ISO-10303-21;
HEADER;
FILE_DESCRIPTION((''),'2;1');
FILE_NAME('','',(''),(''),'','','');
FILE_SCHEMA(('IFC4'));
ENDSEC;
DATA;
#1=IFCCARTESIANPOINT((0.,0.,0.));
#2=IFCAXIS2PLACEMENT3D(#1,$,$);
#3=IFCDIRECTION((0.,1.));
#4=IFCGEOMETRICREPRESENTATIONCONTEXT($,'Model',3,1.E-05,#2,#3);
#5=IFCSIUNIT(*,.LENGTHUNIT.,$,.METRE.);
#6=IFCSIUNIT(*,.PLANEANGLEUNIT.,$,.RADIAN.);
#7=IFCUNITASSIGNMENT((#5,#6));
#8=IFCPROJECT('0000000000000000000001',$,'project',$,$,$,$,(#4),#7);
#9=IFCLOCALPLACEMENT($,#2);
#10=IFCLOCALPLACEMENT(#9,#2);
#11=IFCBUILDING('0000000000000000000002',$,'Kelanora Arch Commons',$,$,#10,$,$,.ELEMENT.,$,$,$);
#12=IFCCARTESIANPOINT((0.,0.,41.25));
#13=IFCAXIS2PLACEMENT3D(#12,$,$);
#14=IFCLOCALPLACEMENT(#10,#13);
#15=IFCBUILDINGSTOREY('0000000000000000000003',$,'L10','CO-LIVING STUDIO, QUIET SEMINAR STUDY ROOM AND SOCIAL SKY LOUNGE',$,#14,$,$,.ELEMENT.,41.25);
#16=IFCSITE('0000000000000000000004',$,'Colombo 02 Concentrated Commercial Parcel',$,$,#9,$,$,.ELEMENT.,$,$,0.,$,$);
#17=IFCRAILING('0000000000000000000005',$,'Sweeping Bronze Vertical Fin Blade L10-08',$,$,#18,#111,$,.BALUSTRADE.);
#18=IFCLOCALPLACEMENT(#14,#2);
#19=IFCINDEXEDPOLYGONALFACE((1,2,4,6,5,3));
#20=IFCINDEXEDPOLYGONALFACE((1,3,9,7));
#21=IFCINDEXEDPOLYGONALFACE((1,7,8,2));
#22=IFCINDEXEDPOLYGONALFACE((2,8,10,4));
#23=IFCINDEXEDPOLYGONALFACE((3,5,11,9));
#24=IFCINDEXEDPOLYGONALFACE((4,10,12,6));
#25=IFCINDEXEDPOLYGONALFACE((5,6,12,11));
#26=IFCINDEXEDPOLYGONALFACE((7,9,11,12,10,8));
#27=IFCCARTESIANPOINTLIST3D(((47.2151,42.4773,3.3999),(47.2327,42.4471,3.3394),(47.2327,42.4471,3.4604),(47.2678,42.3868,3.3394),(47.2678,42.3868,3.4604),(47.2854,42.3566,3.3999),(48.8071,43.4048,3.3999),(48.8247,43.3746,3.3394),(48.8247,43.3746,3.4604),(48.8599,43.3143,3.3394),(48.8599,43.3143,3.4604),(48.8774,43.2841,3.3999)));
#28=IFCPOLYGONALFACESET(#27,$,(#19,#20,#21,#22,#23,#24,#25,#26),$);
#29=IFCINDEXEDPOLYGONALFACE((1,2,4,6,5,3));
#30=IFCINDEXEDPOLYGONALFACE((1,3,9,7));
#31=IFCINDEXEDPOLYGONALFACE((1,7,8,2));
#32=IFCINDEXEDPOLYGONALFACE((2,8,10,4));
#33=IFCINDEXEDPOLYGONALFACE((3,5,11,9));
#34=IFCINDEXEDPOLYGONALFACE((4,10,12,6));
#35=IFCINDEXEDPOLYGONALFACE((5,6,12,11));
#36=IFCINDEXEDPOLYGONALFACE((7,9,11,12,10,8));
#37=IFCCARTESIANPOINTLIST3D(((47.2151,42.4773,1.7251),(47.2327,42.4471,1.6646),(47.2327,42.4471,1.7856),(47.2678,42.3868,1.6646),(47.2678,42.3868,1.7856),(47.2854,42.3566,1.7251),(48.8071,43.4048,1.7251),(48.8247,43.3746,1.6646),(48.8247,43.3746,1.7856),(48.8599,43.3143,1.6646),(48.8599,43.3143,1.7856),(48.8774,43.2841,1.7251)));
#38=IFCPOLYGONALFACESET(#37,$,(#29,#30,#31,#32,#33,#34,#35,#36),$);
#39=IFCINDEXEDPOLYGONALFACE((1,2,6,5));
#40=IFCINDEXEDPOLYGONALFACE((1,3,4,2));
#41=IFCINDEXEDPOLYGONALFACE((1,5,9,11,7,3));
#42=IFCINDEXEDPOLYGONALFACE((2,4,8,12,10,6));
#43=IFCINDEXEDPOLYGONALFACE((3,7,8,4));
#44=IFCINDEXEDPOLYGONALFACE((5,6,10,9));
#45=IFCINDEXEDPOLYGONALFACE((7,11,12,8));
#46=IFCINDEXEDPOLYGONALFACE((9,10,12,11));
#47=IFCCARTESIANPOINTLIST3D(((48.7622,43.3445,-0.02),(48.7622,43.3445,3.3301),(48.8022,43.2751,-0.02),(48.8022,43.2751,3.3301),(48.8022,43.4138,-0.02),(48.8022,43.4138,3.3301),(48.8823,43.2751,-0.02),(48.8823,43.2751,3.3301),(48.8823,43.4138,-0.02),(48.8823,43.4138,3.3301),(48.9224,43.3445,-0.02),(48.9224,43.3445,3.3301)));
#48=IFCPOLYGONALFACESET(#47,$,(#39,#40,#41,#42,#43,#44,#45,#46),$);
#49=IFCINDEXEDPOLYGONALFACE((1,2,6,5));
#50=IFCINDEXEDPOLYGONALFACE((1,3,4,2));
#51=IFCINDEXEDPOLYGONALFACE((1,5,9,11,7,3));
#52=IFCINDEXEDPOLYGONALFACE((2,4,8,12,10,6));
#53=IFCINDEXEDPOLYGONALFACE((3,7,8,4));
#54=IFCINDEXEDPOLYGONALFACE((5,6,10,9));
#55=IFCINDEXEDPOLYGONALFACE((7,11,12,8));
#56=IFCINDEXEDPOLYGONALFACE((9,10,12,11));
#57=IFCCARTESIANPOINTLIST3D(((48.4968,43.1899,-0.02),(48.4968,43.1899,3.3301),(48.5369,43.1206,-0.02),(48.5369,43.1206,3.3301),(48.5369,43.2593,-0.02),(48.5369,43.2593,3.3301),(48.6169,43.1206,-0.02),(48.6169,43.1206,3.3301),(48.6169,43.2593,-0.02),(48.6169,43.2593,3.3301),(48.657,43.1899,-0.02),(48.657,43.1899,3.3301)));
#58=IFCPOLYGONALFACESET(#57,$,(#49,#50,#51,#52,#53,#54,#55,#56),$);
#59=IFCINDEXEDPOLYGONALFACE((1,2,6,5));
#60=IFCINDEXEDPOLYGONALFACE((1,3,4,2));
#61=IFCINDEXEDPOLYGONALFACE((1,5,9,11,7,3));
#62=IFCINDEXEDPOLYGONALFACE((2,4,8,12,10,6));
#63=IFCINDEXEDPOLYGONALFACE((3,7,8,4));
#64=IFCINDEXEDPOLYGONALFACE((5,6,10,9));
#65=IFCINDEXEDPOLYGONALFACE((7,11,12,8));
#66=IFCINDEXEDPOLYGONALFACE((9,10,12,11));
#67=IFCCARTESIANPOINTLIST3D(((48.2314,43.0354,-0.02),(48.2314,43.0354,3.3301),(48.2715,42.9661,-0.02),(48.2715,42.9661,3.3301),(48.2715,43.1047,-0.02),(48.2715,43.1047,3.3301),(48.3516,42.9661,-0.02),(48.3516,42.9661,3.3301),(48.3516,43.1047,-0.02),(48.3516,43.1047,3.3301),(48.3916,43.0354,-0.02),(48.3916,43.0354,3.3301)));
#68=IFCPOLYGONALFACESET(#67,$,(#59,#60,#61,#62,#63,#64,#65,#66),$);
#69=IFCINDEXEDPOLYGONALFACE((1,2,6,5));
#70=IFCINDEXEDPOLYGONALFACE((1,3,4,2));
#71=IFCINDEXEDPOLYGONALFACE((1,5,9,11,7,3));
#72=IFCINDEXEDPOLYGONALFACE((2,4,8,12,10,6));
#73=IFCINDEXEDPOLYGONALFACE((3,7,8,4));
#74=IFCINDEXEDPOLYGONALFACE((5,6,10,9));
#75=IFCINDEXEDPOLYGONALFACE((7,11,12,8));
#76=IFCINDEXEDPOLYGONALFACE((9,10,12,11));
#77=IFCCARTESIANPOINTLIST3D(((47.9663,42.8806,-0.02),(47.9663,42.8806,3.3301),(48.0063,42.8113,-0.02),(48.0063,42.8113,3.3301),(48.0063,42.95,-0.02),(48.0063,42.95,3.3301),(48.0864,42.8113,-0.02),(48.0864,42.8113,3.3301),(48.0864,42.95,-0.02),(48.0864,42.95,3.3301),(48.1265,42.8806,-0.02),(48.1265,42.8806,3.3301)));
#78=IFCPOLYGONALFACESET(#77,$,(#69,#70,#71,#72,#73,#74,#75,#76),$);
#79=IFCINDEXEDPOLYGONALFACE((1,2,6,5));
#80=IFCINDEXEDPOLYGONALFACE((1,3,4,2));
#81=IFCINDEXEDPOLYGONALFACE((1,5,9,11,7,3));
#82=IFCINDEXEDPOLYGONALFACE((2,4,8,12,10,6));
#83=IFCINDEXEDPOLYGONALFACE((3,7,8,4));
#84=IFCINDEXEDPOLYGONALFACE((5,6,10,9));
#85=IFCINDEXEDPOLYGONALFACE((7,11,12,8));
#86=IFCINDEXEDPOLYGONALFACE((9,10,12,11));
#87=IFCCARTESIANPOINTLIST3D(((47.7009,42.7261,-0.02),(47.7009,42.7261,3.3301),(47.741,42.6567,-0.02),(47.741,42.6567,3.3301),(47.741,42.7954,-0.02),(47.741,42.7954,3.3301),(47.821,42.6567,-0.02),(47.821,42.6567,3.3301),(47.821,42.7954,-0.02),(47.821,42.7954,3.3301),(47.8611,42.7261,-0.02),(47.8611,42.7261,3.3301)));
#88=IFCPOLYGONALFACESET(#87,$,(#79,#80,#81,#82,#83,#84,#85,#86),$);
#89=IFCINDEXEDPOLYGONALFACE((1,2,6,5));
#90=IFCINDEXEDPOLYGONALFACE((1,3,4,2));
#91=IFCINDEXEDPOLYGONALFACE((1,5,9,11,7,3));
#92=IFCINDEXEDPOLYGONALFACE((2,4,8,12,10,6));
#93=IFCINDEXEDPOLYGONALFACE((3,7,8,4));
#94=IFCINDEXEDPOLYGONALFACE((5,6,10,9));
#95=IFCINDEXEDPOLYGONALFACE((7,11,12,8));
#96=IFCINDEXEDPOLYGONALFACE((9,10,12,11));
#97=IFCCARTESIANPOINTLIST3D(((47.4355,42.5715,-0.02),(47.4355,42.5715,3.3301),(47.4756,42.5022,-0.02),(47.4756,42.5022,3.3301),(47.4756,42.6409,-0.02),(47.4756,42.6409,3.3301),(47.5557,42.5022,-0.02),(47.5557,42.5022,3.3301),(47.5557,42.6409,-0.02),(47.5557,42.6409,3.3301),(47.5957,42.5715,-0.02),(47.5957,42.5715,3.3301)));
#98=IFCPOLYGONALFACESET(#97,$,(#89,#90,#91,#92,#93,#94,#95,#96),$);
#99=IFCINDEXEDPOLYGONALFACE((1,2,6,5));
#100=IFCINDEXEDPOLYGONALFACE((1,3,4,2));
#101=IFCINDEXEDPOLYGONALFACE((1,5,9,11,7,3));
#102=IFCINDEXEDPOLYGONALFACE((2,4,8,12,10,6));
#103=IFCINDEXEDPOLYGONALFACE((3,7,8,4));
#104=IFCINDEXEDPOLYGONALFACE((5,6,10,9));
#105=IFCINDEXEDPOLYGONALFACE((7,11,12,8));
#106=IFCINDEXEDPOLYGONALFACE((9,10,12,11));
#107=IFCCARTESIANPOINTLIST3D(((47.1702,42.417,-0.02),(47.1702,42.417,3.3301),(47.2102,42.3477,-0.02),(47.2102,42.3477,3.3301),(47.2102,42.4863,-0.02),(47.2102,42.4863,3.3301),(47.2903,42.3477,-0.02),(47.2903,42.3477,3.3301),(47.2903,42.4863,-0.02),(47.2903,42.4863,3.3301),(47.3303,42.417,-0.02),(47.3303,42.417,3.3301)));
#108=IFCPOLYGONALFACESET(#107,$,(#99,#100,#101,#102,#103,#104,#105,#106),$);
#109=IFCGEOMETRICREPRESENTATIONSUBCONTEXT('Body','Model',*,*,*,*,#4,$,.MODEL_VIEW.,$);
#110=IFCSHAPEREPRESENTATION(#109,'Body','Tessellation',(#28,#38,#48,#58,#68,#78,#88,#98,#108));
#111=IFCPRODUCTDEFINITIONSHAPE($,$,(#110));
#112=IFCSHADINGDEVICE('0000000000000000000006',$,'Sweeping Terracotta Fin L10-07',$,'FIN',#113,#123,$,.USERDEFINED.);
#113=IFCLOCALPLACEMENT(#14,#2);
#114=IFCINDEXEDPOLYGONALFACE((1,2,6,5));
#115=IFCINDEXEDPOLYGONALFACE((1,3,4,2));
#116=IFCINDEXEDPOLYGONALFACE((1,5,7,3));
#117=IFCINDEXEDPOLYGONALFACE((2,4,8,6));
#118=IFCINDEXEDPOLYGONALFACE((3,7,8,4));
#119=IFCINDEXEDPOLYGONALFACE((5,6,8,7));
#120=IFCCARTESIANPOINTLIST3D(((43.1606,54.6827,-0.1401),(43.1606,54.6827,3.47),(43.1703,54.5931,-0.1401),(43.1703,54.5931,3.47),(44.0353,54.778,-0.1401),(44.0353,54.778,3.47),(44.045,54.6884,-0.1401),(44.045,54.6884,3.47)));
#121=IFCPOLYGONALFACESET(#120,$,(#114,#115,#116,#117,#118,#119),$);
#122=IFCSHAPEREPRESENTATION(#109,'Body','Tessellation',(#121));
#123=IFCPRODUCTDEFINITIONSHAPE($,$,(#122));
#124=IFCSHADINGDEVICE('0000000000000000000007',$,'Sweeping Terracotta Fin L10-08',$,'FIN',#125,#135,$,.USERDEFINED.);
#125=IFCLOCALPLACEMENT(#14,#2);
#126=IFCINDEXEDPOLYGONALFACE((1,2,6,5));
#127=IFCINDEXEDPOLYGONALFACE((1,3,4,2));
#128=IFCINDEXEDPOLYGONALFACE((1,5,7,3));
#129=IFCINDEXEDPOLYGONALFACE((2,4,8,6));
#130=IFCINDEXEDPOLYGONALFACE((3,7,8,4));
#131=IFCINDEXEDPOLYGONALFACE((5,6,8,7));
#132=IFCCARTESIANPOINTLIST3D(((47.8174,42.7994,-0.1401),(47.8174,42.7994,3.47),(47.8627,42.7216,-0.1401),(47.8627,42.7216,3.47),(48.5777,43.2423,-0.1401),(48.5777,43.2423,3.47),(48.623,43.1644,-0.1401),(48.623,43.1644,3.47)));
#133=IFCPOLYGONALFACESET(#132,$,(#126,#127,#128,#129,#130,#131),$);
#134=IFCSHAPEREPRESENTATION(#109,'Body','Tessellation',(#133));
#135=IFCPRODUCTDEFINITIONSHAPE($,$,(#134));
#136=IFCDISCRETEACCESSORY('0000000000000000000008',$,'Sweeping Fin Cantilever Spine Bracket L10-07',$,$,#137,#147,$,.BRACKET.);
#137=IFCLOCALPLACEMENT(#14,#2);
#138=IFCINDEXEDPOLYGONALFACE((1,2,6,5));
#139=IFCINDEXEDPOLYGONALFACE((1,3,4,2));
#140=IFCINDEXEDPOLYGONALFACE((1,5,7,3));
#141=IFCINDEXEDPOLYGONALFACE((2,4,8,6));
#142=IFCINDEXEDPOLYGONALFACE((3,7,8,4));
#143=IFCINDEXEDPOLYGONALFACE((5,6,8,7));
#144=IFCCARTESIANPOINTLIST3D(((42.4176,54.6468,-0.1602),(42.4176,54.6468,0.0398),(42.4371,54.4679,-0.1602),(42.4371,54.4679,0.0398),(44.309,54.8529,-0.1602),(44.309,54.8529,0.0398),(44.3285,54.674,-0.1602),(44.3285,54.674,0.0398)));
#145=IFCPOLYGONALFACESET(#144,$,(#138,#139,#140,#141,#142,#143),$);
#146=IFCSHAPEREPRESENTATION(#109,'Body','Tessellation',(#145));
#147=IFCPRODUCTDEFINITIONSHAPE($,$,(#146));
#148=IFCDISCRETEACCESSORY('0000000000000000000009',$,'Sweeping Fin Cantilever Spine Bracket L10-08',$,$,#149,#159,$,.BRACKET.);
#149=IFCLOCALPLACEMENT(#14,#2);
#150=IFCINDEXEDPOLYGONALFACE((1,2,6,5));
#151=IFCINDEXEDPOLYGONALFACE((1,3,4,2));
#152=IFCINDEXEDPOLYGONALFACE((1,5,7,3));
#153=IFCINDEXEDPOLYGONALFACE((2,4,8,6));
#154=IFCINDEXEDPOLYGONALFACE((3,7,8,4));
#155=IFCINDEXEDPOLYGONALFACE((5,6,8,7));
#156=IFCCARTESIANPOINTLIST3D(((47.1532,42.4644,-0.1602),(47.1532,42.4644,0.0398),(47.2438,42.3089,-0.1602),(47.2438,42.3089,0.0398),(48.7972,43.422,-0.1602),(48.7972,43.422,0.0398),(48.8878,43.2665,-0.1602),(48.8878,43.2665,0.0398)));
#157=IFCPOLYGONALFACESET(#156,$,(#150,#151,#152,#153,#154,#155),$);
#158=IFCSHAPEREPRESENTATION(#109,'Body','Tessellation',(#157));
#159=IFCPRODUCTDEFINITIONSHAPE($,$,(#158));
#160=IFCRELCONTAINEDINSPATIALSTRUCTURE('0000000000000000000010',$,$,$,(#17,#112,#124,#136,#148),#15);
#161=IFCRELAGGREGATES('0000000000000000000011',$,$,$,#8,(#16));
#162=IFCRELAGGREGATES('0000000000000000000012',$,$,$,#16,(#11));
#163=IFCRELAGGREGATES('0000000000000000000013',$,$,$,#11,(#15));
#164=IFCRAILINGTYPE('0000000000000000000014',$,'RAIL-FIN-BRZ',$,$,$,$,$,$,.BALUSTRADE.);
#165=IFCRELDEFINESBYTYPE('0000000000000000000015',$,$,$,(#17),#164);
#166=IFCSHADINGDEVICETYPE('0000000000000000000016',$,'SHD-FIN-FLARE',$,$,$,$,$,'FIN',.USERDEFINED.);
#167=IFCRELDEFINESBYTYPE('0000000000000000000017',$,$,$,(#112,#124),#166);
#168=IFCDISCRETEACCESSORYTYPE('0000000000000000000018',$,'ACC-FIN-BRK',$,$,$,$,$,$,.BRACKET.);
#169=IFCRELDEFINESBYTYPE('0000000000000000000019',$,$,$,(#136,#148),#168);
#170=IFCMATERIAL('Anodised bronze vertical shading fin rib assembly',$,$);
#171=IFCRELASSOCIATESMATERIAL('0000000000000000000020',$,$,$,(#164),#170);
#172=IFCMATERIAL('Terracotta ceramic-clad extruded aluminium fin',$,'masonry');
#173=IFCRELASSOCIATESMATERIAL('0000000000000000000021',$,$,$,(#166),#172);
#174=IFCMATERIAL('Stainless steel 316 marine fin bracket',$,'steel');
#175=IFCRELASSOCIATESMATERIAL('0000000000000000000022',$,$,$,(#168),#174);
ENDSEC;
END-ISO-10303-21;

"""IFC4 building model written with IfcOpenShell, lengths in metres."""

from ifc_helpers import new_model, si_unit, direction, frame, origin, origin_2d, place, context, subcontext, project, spatial, polyline, rectangle, outline, extrude, source, transform, mapped, material, type_object, element, save


model = new_model("IFC4")

# Units and contexts
model_context = context("Model", 3, precision=1e-05, world=origin(), true_north=direction((0.0, 1.0)))
body_context = subcontext(model_context, "Body", "Model", "MODEL_VIEW")
ifc_project = project(units=[si_unit("LENGTHUNIT", "METRE"), si_unit("PLANEANGLEUNIT", "RADIAN")], contexts=[model_context])

# Site, building, storey
site_placement = place(None, origin())
site = spatial("IfcSite", under=ifc_project, at=site_placement, Name="Colombo 02 Concentrated Commercial Parcel", CompositionType="ELEMENT", RefElevation=0.0)
building_placement = place(site_placement, origin())
building = spatial("IfcBuilding", under=site, at=building_placement, Name="Kelanora Arch Commons", CompositionType="ELEMENT")
storey_placement = place(building_placement, frame((0.0, 0.0, 41.25)))
storey = spatial("IfcBuildingStorey", under=building, at=storey_placement, Name="L10", Description="CO-LIVING STUDIO, QUIET SEMINAR STUDY ROOM AND SOCIAL SKY LOUNGE", CompositionType="ELEMENT", Elevation=41.25)

# Railing
ifc_material_1 = material(Name="Anodised bronze vertical shading fin rib assembly")
railing_type = type_object("IfcRailingType", Name="RAIL-FIN-BRZ", PredefinedType="BALUSTRADE", material=ifc_material_1)
railing_1_placement = place(storey_placement, frame((48.8423, 43.3445, -0.02)))
element("IfcRailing", 1, at=railing_1_placement, inside=storey, type_object=railing_type, Name="Sweeping Bronze Vertical Fin Blade L10-08", PredefinedType="BALUSTRADE", context=body_context, shape_type="SweptSolid", body=[
    extrude(outline(polyline([(0.0698, 0.0), (0.0349, 0.0605), (-0.0349, 0.0605), (-0.0698, 0.0), (-0.0349, -0.0605), (0.0349, -0.0605), (0.0698, 0.0)])), frame((0.0, 0.0, 3.4199), z_axis=(-0.864062, -0.503385, 0.0), x_axis=(0.503385, -0.864062, 0.0)), (0.0, 0.0, 1.0), 1.8425),
    extrude(outline(polyline([(0.0698, 0.0), (0.0349, 0.0605), (-0.0349, 0.0605), (-0.0698, 0.0), (-0.0349, -0.0605), (0.0349, -0.0605), (0.0698, 0.0)])), frame((0.0, 0.0, 1.7451), z_axis=(-0.864062, -0.503385, 0.0), x_axis=(0.503385, -0.864062, 0.0)), (0.0, 0.0, 1.0), 1.8425),
    extrude(outline(polyline([(0.0801, 0.0), (0.04, 0.0693), (-0.04, 0.0693), (-0.0801, 0.0), (-0.04, -0.0693), (0.04, -0.0693), (0.0801, 0.0)])), origin(), (0.0, 0.0, 1.0), 3.3501),
    extrude(outline(polyline([(0.0801, 0.0), (0.04, 0.0693), (-0.04, 0.0693), (-0.0801, 0.0), (-0.04, -0.0693), (0.04, -0.0693), (0.0801, 0.0)])), frame((-0.2654, -0.1545, 0.0)), (0.0, 0.0, 1.0), 3.3501),
    extrude(outline(polyline([(0.0801, 0.0), (0.04, 0.0693), (-0.04, 0.0693), (-0.0801, 0.0), (-0.04, -0.0693), (0.04, -0.0693), (0.0801, 0.0)])), frame((-0.5308, -0.3091, 0.0)), (0.0, 0.0, 1.0), 3.3501),
    extrude(outline(polyline([(0.0801, 0.0), (0.04, 0.0693), (-0.04, 0.0693), (-0.0801, 0.0), (-0.04, -0.0693), (0.04, -0.0693), (0.0801, 0.0)])), frame((-0.7959, -0.4639, 0.0)), (0.0, 0.0, 1.0), 3.3501),
    extrude(outline(polyline([(0.0801, 0.0), (0.04, 0.0693), (-0.04, 0.0693), (-0.0801, 0.0), (-0.04, -0.0693), (0.04, -0.0693), (0.0801, 0.0)])), frame((-1.0613, -0.6184, 0.0)), (0.0, 0.0, 1.0), 3.3501),
    extrude(outline(polyline([(0.0801, 0.0), (0.04, 0.0693), (-0.04, 0.0693), (-0.0801, 0.0), (-0.04, -0.0693), (0.04, -0.0693), (0.0801, 0.0)])), frame((-1.3267, -0.7729, 0.0)), (0.0, 0.0, 1.0), 3.3501),
    extrude(outline(polyline([(0.0801, 0.0), (0.04, 0.0693), (-0.04, 0.0693), (-0.0801, 0.0), (-0.04, -0.0693), (0.04, -0.0693), (0.0801, 0.0)])), frame((-1.592, -0.9275, 0.0)), (0.0, 0.0, 1.0), 3.3501),
])

# Shading devices
ifc_material_2 = material(Name="Terracotta ceramic-clad extruded aluminium fin", Category="masonry")
shading_device_type = type_object("IfcShadingDeviceType", Name="SHD-FIN-FLARE", ElementType="FIN", PredefinedType="USERDEFINED", material=ifc_material_2)
shared_shape_1 = source(origin(), body_context, "Body", "SweptSolid", [
    extrude(rectangle(XDim=0.8799, YDim=0.0901, at=origin_2d()), origin(), (0.0, 0.0, 1.0), 3.6101),
])
for number, where, z_axis, x_axis, name in (
    (2, (43.6028, 54.6855, -0.1401), (0.0, 0.0, 1.0), (-0.994113, -0.108346, 0.0), "Sweeping Terracotta Fin L10-07"),
    (3, (48.2202, 42.9819, -0.1401), (0.0, 0.0, 1.0), (-0.864099, -0.503322, 0.0), "Sweeping Terracotta Fin L10-08"),
):
    element("IfcShadingDevice", number, at=place(storey_placement, frame(where, z_axis=z_axis, x_axis=x_axis)), inside=storey, type_object=shading_device_type, Name=name, ObjectType="FIN", PredefinedType="USERDEFINED", context=body_context, shape_type="MappedRepresentation", body=[
        mapped(shared_shape_1, transform((0.0, 0.0, 0.0), scale=1.0)),
    ])

# Discrete accessories
ifc_material_3 = material(Name="Stainless steel 316 marine fin bracket", Category="steel")
discrete_accessory_type = type_object("IfcDiscreteAccessoryType", Name="ACC-FIN-BRK", PredefinedType="BRACKET", material=ifc_material_3)
shared_shape_2 = source(origin(), body_context, "Body", "SweptSolid", [
    extrude(rectangle(XDim=1.9026, YDim=0.1799, at=origin_2d()), origin(), (0.0, 0.0, 1.0), 0.2),
])
for number, where, z_axis, x_axis, name in (
    (4, (43.373, 54.6604, -0.1602), (0.0, 0.0, 1.0), (-0.994113, -0.108346, 0.0), "Sweeping Fin Cantilever Spine Bracket L10-07"),
    (5, (48.0205, 42.8655, -0.1602), (0.0, 0.0, 1.0), (-0.864099, -0.503322, 0.0), "Sweeping Fin Cantilever Spine Bracket L10-08"),
):
    element("IfcDiscreteAccessory", number, at=place(storey_placement, frame(where, z_axis=z_axis, x_axis=x_axis)), inside=storey, type_object=discrete_accessory_type, Name=name, PredefinedType="BRACKET", context=body_context, shape_type="MappedRepresentation", body=[
        mapped(shared_shape_2, transform((0.0, 0.0, 0.0), scale=1.0)),
    ])

save(model, "model.ifc")
